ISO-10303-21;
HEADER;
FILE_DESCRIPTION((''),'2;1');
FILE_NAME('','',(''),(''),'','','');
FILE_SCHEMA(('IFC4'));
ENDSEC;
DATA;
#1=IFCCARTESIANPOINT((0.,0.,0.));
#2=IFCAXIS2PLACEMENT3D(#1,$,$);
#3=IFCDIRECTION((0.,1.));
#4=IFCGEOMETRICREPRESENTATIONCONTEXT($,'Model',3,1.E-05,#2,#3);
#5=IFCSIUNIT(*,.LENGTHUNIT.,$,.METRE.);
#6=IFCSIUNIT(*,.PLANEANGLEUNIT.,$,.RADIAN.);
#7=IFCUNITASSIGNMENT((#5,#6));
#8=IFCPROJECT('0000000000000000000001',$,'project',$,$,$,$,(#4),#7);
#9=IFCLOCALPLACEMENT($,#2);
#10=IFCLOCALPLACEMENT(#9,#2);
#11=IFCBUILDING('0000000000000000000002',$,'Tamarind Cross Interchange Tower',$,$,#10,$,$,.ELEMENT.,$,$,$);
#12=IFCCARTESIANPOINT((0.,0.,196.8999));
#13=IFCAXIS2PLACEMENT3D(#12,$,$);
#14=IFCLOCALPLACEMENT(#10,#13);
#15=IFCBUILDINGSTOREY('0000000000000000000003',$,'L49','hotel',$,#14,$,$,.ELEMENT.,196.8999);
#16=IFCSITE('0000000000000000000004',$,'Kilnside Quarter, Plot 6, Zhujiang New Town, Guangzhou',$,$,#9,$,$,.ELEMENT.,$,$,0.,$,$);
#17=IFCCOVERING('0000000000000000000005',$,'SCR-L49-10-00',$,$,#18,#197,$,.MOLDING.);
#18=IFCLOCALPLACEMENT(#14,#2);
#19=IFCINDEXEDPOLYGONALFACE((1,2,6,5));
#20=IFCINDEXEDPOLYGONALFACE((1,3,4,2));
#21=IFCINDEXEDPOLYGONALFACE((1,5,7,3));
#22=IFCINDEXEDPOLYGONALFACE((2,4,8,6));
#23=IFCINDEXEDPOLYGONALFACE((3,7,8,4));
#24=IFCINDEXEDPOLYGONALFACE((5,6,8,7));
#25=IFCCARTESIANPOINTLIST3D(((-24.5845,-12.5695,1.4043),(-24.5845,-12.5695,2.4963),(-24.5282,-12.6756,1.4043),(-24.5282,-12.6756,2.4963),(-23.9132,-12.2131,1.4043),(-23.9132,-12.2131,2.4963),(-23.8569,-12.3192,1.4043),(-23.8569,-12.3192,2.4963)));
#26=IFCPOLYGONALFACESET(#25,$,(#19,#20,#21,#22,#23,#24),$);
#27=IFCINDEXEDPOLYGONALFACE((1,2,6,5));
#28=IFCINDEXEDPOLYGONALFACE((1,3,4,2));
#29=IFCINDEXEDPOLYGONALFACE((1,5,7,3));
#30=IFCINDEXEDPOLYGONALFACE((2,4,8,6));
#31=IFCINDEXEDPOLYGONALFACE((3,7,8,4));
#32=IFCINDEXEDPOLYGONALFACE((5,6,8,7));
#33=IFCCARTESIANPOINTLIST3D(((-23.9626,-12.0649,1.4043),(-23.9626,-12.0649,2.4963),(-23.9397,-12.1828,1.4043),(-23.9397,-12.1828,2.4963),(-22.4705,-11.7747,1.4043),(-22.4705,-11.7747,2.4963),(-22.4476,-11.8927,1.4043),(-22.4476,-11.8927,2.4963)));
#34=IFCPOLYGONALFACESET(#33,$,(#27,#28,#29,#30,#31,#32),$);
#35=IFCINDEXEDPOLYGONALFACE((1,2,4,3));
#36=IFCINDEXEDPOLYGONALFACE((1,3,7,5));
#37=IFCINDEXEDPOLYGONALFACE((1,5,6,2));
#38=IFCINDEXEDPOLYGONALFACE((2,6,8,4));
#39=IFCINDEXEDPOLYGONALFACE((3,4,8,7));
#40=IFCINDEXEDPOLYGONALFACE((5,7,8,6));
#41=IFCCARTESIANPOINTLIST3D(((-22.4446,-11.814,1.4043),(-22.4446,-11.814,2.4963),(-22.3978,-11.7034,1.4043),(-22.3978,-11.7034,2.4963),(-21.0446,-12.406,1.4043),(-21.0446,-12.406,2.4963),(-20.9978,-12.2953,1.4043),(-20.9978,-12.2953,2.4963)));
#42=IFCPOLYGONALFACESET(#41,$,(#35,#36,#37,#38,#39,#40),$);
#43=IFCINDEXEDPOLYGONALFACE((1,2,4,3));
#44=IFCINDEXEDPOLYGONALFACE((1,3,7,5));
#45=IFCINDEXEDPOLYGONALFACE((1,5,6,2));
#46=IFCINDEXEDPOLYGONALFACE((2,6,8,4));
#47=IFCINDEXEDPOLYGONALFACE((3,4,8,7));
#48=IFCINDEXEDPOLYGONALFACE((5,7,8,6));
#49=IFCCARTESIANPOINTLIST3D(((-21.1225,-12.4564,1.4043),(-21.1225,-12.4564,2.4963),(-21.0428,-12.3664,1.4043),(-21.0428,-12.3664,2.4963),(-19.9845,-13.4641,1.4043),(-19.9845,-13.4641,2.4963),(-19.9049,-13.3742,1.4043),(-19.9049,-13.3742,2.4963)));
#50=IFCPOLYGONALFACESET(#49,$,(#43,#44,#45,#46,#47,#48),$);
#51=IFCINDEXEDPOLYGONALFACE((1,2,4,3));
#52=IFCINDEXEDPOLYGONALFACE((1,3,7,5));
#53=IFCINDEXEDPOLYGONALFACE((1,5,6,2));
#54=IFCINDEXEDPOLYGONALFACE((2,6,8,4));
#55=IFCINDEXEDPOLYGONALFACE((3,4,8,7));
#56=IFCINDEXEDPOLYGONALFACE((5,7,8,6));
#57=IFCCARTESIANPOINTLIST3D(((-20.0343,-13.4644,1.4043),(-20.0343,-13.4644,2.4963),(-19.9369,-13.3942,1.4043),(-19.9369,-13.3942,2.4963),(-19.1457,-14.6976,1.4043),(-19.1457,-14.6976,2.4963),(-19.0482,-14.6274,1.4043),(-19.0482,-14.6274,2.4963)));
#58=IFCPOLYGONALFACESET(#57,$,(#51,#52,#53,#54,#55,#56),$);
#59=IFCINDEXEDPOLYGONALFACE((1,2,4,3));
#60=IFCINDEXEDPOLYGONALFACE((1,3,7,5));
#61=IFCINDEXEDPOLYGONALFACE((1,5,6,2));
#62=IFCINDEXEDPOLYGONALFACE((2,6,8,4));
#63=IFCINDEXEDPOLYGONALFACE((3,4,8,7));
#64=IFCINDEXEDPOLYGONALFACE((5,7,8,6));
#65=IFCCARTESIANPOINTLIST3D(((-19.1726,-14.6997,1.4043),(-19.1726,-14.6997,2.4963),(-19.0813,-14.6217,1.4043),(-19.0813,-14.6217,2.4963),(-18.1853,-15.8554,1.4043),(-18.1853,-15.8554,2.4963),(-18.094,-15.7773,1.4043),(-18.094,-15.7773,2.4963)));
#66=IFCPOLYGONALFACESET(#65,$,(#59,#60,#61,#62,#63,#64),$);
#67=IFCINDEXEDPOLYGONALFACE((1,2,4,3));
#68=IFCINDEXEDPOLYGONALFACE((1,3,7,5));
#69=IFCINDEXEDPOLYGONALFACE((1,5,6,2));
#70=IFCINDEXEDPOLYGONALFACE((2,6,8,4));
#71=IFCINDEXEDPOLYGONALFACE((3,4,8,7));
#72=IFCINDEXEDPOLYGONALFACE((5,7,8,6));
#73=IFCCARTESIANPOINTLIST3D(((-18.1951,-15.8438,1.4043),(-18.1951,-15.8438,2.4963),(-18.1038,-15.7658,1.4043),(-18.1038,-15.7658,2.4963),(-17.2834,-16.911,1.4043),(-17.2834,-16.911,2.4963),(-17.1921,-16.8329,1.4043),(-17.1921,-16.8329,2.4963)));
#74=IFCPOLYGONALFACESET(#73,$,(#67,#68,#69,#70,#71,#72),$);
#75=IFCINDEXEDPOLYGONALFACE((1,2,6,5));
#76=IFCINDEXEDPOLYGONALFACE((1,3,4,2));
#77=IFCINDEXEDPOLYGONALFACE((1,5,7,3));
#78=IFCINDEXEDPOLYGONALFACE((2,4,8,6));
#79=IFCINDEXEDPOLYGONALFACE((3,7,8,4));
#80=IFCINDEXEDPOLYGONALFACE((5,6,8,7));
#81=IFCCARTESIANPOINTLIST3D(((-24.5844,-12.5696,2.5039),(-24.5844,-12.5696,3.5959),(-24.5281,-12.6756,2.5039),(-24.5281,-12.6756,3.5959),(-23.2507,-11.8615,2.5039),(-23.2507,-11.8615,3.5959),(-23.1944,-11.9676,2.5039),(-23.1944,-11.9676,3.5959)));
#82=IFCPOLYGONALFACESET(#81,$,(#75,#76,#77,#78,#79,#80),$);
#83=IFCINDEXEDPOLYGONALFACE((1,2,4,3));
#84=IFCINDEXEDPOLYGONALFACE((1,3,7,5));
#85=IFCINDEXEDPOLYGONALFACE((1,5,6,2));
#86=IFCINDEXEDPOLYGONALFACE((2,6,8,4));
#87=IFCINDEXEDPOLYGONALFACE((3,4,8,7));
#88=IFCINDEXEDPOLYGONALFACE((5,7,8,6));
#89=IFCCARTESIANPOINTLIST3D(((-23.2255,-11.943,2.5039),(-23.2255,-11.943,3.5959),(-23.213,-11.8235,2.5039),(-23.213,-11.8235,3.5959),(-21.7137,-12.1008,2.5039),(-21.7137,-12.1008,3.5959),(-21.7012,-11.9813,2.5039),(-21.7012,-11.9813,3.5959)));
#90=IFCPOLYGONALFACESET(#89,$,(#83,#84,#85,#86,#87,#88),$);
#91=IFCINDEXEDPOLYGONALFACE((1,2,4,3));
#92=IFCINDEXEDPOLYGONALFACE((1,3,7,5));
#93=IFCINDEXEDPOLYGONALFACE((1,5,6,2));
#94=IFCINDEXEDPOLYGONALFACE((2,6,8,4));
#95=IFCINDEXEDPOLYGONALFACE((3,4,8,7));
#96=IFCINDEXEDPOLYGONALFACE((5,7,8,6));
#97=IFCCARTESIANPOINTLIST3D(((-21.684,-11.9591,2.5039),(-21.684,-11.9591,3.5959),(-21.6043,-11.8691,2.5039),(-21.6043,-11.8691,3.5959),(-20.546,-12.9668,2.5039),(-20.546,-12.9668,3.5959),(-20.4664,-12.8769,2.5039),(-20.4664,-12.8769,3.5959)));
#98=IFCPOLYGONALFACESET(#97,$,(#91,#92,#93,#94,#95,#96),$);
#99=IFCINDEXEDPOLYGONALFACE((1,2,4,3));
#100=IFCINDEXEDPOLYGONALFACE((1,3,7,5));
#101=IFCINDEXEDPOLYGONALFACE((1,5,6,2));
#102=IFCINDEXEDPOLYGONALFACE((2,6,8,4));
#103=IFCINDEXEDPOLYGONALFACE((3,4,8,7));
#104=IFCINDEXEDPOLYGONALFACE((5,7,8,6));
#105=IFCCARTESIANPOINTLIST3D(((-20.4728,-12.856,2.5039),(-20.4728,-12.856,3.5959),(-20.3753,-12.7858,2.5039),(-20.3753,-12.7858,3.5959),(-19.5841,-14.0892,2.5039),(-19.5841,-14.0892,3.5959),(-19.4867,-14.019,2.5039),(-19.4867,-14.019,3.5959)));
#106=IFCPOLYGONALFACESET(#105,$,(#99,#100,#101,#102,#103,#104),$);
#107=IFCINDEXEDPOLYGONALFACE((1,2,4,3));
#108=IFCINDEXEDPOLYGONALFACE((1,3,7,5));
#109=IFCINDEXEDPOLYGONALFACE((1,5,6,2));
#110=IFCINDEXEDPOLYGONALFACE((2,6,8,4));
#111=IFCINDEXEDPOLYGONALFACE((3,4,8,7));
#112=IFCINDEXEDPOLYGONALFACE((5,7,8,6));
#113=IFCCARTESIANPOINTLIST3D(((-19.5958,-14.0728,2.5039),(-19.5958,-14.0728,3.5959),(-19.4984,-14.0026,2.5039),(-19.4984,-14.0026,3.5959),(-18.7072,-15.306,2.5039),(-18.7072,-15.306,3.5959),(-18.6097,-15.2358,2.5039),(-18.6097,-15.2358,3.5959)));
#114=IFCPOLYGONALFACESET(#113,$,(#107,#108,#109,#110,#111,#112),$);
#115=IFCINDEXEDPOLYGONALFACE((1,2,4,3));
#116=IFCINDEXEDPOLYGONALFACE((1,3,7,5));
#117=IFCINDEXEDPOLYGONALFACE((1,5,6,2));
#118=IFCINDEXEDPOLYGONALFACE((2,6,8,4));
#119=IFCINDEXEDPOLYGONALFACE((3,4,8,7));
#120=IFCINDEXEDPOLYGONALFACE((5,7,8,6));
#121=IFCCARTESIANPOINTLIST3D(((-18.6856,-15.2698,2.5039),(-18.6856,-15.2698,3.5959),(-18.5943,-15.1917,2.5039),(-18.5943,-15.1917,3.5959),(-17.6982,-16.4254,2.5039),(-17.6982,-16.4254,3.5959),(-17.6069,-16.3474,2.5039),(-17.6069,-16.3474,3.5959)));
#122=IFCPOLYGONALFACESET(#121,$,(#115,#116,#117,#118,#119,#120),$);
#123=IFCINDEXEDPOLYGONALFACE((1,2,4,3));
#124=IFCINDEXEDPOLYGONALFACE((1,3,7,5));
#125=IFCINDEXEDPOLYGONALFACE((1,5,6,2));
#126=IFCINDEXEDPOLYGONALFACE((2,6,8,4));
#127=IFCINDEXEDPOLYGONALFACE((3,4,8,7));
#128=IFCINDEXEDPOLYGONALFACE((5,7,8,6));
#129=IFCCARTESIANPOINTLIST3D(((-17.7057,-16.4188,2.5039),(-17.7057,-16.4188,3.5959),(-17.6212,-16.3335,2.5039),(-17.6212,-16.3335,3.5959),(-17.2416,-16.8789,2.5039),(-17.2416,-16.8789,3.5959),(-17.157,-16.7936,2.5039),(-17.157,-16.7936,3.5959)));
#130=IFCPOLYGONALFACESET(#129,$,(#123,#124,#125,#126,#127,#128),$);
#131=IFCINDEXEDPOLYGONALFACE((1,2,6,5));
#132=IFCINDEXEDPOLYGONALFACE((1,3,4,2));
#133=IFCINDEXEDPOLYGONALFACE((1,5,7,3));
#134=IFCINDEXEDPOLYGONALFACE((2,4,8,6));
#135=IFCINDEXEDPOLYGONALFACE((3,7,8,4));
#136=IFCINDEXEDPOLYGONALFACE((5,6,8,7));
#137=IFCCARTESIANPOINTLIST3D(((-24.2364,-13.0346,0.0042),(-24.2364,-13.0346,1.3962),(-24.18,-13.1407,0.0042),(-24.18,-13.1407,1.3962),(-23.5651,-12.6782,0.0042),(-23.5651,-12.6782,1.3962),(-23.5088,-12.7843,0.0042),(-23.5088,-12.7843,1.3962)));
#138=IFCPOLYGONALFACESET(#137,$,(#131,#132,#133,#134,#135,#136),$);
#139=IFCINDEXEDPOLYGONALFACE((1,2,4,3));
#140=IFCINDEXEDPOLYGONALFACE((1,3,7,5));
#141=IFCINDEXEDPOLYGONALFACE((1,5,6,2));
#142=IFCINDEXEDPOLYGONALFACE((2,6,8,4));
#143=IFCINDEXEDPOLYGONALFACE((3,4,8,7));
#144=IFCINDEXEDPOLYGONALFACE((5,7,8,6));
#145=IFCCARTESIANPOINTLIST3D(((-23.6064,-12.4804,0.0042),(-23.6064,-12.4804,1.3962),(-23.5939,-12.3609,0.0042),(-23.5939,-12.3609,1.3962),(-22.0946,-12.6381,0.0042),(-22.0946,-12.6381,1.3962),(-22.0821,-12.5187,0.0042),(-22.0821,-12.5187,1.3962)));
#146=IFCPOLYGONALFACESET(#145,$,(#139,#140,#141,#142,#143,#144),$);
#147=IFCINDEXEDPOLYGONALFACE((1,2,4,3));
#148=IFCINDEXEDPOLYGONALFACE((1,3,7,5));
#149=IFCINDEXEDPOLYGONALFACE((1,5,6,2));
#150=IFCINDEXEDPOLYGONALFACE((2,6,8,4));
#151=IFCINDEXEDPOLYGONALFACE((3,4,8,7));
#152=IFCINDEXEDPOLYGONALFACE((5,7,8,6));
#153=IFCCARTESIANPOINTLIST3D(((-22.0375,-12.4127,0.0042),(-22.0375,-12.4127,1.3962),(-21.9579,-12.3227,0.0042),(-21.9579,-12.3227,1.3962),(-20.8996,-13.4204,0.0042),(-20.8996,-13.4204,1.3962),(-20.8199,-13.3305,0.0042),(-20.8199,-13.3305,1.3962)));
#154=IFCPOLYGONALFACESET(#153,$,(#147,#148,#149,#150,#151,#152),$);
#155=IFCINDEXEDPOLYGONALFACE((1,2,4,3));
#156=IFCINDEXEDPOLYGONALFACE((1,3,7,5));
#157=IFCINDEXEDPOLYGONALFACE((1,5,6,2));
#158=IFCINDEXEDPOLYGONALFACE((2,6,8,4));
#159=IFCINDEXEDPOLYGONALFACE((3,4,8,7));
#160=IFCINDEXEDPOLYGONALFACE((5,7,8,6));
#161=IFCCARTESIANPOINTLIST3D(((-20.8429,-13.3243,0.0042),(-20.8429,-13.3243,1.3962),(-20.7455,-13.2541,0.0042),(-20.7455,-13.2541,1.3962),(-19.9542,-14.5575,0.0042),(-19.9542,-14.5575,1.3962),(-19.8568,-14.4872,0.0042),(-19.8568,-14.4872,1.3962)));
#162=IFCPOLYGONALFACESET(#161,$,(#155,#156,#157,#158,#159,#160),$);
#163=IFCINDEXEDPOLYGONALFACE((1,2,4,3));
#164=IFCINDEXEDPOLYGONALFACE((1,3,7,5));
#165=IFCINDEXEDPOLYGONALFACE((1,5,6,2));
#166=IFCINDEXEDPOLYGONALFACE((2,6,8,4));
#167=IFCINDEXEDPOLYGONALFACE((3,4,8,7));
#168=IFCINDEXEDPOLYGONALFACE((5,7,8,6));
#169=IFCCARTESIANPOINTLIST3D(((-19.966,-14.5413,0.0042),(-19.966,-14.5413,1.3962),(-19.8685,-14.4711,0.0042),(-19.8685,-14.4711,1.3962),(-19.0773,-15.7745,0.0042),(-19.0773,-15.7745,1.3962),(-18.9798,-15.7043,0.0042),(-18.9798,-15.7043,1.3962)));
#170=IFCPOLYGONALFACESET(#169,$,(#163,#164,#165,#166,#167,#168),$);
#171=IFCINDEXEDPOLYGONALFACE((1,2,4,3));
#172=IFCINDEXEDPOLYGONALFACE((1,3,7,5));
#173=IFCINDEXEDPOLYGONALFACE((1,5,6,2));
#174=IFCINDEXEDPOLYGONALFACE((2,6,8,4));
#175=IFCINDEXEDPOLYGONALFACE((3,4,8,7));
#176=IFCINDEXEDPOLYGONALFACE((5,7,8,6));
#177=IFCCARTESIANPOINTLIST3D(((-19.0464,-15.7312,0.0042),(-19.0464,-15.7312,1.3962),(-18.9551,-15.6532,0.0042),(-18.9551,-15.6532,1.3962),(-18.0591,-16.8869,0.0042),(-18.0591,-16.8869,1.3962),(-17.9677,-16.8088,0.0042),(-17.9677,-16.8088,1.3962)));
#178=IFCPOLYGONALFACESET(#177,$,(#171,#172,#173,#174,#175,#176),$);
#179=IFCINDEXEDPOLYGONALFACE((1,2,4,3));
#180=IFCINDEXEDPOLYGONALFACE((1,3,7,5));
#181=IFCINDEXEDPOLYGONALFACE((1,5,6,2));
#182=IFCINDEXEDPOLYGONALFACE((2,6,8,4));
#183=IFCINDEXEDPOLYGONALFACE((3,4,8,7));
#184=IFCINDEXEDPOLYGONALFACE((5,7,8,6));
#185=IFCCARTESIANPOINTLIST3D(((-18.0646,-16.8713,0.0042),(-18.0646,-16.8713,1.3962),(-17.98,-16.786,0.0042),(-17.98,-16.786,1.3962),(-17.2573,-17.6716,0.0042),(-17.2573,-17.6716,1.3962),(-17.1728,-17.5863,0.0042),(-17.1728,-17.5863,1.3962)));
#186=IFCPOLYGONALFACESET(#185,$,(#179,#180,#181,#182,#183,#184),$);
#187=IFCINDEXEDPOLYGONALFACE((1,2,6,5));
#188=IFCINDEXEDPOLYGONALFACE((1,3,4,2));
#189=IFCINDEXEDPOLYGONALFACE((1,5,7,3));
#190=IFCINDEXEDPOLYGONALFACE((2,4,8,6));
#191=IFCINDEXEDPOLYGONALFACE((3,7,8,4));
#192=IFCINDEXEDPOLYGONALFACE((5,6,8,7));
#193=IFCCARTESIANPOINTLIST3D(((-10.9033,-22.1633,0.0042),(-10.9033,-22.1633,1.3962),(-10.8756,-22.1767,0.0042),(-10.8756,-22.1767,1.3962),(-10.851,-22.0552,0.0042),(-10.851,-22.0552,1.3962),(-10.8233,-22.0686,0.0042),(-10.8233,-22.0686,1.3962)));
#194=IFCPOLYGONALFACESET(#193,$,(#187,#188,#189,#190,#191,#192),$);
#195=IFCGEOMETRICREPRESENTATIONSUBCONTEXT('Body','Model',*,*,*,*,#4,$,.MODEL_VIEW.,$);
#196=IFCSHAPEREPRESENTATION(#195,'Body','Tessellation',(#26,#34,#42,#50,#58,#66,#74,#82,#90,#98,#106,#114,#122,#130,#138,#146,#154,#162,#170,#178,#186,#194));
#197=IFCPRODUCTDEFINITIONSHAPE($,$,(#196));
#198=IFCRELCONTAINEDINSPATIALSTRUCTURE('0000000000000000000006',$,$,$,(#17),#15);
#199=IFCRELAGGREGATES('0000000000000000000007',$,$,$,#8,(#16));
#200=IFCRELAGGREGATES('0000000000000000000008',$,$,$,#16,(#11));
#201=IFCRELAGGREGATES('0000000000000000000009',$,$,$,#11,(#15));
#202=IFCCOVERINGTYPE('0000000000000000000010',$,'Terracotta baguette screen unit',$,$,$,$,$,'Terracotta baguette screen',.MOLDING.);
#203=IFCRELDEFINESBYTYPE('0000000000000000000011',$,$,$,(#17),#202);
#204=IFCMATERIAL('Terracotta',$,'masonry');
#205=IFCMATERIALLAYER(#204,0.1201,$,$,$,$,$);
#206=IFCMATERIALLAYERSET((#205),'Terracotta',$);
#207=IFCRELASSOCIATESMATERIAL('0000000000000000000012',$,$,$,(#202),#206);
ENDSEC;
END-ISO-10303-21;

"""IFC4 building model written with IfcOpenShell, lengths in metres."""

from ifc_helpers import new_model, si_unit, direction, frame, origin, origin_2d, place, context, subcontext, project, spatial, rectangle, extrude, material, layer, layer_set, type_object, element, save


model = new_model("IFC4")

# Units and contexts
model_context = context("Model", 3, precision=1e-05, world=origin(), true_north=direction((0.0, 1.0)))
body_context = subcontext(model_context, "Body", "Model", "MODEL_VIEW")
ifc_project = project(units=[si_unit("LENGTHUNIT", "METRE"), si_unit("PLANEANGLEUNIT", "RADIAN")], contexts=[model_context])

# Site, building, storey
site_placement = place(None, origin())
site = spatial("IfcSite", under=ifc_project, at=site_placement, Name="Kilnside Quarter, Plot 6, Zhujiang New Town, Guangzhou", CompositionType="ELEMENT", RefElevation=0.0)
building_placement = place(site_placement, origin())
building = spatial("IfcBuilding", under=site, at=building_placement, Name="Tamarind Cross Interchange Tower", CompositionType="ELEMENT")
storey_placement = place(building_placement, frame((0.0, 0.0, 196.8999)))
storey = spatial("IfcBuildingStorey", under=building, at=storey_placement, Name="L49", Description="hotel", CompositionType="ELEMENT", Elevation=196.8999)

# Covering
ifc_material_1 = material(Name="Terracotta", Category="masonry")
ifc_layer_1 = layer(ifc_material_1, 0.1201)
ifc_layer_set_1 = layer_set([ifc_layer_1], Name="Terracotta")
covering_type = type_object("IfcCoveringType", Name="Terracotta baguette screen unit", ElementType="Terracotta baguette screen", PredefinedType="MOLDING", material=ifc_layer_set_1)
covering_1_placement = place(storey_placement, origin())
element("IfcCovering", 1, at=covering_1_placement, inside=storey, type_object=covering_type, Name="SCR-L49-10-00", PredefinedType="MOLDING", context=body_context, shape_type="SweptSolid", body=[
    extrude(rectangle(XDim=0.76, YDim=0.1201, at=origin_2d()), frame((-24.2207, -12.4443, 1.4043), z_axis=(0.0, 0.0, 1.0), x_axis=(0.883234, 0.468932, 0.0)), (0.0, 0.0, 1.0), 1.092),
    extrude(rectangle(XDim=1.52, YDim=0.1201, at=origin_2d()), frame((-23.2051, -11.9788, 1.4043), z_axis=(0.0, 0.0, 1.0), x_axis=(0.981615, 0.19087, 0.0)), (0.0, 0.0, 1.0), 1.092),
    extrude(rectangle(XDim=1.52, YDim=0.1201, at=origin_2d()), frame((-21.7212, -12.0547, 1.4043), z_axis=(0.0, 0.0, 1.0), x_axis=(0.921054, -0.389434, 0.0)), (0.0, 0.0, 1.0), 1.092),
    extrude(rectangle(XDim=1.52, YDim=0.1201, at=origin_2d()), frame((-20.5137, -12.9153, 1.4043), z_axis=(0.0, 0.0, 1.0), x_axis=(0.748636, -0.662981, 0.0)), (0.0, 0.0, 1.0), 1.092),
    extrude(rectangle(XDim=1.52, YDim=0.1201, at=origin_2d()), frame((-19.5413, -14.0459, 1.4043), z_axis=(0.0, 0.0, 1.0), x_axis=(0.584638, -0.811294, 0.0)), (0.0, 0.0, 1.0), 1.092),
    extrude(rectangle(XDim=1.52, YDim=0.1201, at=origin_2d()), frame((-18.6333, -15.2385, 1.4043), z_axis=(0.0, 0.0, 1.0), x_axis=(0.649577, -0.760296, 0.0)), (0.0, 0.0, 1.0), 1.092),
    extrude(rectangle(XDim=1.4036, YDim=0.1201, at=origin_2d()), frame((-17.6936, -16.3384, 1.4043), z_axis=(0.0, 0.0, 1.0), x_axis=(0.649577, -0.760296, 0.0)), (0.0, 0.0, 1.0), 1.092),
    extrude(rectangle(XDim=1.51, YDim=0.1201, at=origin_2d()), frame((-23.8894, -12.2686, 2.5039), z_axis=(0.0, 0.0, 1.0), x_axis=(0.883234, 0.468932, 0.0)), (0.0, 0.0, 1.0), 1.092),
    extrude(rectangle(XDim=1.52, YDim=0.1201, at=origin_2d()), frame((-22.4634, -11.9622, 2.5039), z_axis=(0.0, 0.0, 1.0), x_axis=(0.994599, -0.103797, 0.0)), (0.0, 0.0, 1.0), 1.092),
    extrude(rectangle(XDim=1.52, YDim=0.1201, at=origin_2d()), frame((-21.0752, -12.418, 2.5039), z_axis=(0.0, 0.0, 1.0), x_axis=(0.748636, -0.662981, 0.0)), (0.0, 0.0, 1.0), 1.092),
    extrude(rectangle(XDim=1.52, YDim=0.1201, at=origin_2d()), frame((-19.9797, -13.4375, 2.5039), z_axis=(0.0, 0.0, 1.0), x_axis=(0.584638, -0.811294, 0.0)), (0.0, 0.0, 1.0), 1.092),
    extrude(rectangle(XDim=1.52, YDim=0.1201, at=origin_2d()), frame((-19.1028, -14.6543, 2.5039), z_axis=(0.0, 0.0, 1.0), x_axis=(0.584638, -0.811294, 0.0)), (0.0, 0.0, 1.0), 1.092),
    extrude(rectangle(XDim=1.52, YDim=0.1201, at=origin_2d()), frame((-18.1462, -15.8086, 2.5039), z_axis=(0.0, 0.0, 1.0), x_axis=(0.649577, -0.760296, 0.0)), (0.0, 0.0, 1.0), 1.092),
    extrude(rectangle(XDim=0.6536, YDim=0.1201, at=origin_2d()), frame((-17.4314, -16.6062, 2.5039), z_axis=(0.0, 0.0, 1.0), x_axis=(0.710143, -0.704057, 0.0)), (0.0, 0.0, 1.0), 1.092),
    extrude(rectangle(XDim=0.76, YDim=0.1201, at=origin_2d()), frame((-23.8726, -12.9094, 0.0042), z_axis=(0.0, 0.0, 1.0), x_axis=(0.883234, 0.468932, 0.0)), (0.0, 0.0, 1.0), 1.3921),
    extrude(rectangle(XDim=1.52, YDim=0.1201, at=origin_2d()), frame((-22.8442, -12.4995, 0.0042), z_axis=(0.0, 0.0, 1.0), x_axis=(0.994599, -0.103797, 0.0)), (0.0, 0.0, 1.0), 1.3921),
    extrude(rectangle(XDim=1.52, YDim=0.1201, at=origin_2d()), frame((-21.4287, -12.8716, 0.0042), z_axis=(0.0, 0.0, 1.0), x_axis=(0.748636, -0.662981, 0.0)), (0.0, 0.0, 1.0), 1.3921),
    extrude(rectangle(XDim=1.52, YDim=0.1201, at=origin_2d()), frame((-20.3499, -13.9058, 0.0042), z_axis=(0.0, 0.0, 1.0), x_axis=(0.584638, -0.811294, 0.0)), (0.0, 0.0, 1.0), 1.3921),
    extrude(rectangle(XDim=1.52, YDim=0.1201, at=origin_2d()), frame((-19.4729, -15.1228, 0.0042), z_axis=(0.0, 0.0, 1.0), x_axis=(0.584638, -0.811294, 0.0)), (0.0, 0.0, 1.0), 1.3921),
    extrude(rectangle(XDim=1.52, YDim=0.1201, at=origin_2d()), frame((-18.5071, -16.27, 0.0042), z_axis=(0.0, 0.0, 1.0), x_axis=(0.649577, -0.760296, 0.0)), (0.0, 0.0, 1.0), 1.3921),
    extrude(rectangle(XDim=1.1367, YDim=0.1201, at=origin_2d()), frame((-17.6187, -17.2288, 0.0042), z_axis=(0.0, 0.0, 1.0), x_axis=(0.710143, -0.704057, 0.0)), (0.0, 0.0, 1.0), 1.3921),
    extrude(rectangle(XDim=0.0308, YDim=0.1201, at=origin_2d()), frame((-10.8633, -22.116, 0.0042), z_axis=(0.0, 0.0, 1.0), x_axis=(0.900273, -0.435326, 0.0)), (0.0, 0.0, 1.0), 1.3921),
])

save(model, "model.ifc")
